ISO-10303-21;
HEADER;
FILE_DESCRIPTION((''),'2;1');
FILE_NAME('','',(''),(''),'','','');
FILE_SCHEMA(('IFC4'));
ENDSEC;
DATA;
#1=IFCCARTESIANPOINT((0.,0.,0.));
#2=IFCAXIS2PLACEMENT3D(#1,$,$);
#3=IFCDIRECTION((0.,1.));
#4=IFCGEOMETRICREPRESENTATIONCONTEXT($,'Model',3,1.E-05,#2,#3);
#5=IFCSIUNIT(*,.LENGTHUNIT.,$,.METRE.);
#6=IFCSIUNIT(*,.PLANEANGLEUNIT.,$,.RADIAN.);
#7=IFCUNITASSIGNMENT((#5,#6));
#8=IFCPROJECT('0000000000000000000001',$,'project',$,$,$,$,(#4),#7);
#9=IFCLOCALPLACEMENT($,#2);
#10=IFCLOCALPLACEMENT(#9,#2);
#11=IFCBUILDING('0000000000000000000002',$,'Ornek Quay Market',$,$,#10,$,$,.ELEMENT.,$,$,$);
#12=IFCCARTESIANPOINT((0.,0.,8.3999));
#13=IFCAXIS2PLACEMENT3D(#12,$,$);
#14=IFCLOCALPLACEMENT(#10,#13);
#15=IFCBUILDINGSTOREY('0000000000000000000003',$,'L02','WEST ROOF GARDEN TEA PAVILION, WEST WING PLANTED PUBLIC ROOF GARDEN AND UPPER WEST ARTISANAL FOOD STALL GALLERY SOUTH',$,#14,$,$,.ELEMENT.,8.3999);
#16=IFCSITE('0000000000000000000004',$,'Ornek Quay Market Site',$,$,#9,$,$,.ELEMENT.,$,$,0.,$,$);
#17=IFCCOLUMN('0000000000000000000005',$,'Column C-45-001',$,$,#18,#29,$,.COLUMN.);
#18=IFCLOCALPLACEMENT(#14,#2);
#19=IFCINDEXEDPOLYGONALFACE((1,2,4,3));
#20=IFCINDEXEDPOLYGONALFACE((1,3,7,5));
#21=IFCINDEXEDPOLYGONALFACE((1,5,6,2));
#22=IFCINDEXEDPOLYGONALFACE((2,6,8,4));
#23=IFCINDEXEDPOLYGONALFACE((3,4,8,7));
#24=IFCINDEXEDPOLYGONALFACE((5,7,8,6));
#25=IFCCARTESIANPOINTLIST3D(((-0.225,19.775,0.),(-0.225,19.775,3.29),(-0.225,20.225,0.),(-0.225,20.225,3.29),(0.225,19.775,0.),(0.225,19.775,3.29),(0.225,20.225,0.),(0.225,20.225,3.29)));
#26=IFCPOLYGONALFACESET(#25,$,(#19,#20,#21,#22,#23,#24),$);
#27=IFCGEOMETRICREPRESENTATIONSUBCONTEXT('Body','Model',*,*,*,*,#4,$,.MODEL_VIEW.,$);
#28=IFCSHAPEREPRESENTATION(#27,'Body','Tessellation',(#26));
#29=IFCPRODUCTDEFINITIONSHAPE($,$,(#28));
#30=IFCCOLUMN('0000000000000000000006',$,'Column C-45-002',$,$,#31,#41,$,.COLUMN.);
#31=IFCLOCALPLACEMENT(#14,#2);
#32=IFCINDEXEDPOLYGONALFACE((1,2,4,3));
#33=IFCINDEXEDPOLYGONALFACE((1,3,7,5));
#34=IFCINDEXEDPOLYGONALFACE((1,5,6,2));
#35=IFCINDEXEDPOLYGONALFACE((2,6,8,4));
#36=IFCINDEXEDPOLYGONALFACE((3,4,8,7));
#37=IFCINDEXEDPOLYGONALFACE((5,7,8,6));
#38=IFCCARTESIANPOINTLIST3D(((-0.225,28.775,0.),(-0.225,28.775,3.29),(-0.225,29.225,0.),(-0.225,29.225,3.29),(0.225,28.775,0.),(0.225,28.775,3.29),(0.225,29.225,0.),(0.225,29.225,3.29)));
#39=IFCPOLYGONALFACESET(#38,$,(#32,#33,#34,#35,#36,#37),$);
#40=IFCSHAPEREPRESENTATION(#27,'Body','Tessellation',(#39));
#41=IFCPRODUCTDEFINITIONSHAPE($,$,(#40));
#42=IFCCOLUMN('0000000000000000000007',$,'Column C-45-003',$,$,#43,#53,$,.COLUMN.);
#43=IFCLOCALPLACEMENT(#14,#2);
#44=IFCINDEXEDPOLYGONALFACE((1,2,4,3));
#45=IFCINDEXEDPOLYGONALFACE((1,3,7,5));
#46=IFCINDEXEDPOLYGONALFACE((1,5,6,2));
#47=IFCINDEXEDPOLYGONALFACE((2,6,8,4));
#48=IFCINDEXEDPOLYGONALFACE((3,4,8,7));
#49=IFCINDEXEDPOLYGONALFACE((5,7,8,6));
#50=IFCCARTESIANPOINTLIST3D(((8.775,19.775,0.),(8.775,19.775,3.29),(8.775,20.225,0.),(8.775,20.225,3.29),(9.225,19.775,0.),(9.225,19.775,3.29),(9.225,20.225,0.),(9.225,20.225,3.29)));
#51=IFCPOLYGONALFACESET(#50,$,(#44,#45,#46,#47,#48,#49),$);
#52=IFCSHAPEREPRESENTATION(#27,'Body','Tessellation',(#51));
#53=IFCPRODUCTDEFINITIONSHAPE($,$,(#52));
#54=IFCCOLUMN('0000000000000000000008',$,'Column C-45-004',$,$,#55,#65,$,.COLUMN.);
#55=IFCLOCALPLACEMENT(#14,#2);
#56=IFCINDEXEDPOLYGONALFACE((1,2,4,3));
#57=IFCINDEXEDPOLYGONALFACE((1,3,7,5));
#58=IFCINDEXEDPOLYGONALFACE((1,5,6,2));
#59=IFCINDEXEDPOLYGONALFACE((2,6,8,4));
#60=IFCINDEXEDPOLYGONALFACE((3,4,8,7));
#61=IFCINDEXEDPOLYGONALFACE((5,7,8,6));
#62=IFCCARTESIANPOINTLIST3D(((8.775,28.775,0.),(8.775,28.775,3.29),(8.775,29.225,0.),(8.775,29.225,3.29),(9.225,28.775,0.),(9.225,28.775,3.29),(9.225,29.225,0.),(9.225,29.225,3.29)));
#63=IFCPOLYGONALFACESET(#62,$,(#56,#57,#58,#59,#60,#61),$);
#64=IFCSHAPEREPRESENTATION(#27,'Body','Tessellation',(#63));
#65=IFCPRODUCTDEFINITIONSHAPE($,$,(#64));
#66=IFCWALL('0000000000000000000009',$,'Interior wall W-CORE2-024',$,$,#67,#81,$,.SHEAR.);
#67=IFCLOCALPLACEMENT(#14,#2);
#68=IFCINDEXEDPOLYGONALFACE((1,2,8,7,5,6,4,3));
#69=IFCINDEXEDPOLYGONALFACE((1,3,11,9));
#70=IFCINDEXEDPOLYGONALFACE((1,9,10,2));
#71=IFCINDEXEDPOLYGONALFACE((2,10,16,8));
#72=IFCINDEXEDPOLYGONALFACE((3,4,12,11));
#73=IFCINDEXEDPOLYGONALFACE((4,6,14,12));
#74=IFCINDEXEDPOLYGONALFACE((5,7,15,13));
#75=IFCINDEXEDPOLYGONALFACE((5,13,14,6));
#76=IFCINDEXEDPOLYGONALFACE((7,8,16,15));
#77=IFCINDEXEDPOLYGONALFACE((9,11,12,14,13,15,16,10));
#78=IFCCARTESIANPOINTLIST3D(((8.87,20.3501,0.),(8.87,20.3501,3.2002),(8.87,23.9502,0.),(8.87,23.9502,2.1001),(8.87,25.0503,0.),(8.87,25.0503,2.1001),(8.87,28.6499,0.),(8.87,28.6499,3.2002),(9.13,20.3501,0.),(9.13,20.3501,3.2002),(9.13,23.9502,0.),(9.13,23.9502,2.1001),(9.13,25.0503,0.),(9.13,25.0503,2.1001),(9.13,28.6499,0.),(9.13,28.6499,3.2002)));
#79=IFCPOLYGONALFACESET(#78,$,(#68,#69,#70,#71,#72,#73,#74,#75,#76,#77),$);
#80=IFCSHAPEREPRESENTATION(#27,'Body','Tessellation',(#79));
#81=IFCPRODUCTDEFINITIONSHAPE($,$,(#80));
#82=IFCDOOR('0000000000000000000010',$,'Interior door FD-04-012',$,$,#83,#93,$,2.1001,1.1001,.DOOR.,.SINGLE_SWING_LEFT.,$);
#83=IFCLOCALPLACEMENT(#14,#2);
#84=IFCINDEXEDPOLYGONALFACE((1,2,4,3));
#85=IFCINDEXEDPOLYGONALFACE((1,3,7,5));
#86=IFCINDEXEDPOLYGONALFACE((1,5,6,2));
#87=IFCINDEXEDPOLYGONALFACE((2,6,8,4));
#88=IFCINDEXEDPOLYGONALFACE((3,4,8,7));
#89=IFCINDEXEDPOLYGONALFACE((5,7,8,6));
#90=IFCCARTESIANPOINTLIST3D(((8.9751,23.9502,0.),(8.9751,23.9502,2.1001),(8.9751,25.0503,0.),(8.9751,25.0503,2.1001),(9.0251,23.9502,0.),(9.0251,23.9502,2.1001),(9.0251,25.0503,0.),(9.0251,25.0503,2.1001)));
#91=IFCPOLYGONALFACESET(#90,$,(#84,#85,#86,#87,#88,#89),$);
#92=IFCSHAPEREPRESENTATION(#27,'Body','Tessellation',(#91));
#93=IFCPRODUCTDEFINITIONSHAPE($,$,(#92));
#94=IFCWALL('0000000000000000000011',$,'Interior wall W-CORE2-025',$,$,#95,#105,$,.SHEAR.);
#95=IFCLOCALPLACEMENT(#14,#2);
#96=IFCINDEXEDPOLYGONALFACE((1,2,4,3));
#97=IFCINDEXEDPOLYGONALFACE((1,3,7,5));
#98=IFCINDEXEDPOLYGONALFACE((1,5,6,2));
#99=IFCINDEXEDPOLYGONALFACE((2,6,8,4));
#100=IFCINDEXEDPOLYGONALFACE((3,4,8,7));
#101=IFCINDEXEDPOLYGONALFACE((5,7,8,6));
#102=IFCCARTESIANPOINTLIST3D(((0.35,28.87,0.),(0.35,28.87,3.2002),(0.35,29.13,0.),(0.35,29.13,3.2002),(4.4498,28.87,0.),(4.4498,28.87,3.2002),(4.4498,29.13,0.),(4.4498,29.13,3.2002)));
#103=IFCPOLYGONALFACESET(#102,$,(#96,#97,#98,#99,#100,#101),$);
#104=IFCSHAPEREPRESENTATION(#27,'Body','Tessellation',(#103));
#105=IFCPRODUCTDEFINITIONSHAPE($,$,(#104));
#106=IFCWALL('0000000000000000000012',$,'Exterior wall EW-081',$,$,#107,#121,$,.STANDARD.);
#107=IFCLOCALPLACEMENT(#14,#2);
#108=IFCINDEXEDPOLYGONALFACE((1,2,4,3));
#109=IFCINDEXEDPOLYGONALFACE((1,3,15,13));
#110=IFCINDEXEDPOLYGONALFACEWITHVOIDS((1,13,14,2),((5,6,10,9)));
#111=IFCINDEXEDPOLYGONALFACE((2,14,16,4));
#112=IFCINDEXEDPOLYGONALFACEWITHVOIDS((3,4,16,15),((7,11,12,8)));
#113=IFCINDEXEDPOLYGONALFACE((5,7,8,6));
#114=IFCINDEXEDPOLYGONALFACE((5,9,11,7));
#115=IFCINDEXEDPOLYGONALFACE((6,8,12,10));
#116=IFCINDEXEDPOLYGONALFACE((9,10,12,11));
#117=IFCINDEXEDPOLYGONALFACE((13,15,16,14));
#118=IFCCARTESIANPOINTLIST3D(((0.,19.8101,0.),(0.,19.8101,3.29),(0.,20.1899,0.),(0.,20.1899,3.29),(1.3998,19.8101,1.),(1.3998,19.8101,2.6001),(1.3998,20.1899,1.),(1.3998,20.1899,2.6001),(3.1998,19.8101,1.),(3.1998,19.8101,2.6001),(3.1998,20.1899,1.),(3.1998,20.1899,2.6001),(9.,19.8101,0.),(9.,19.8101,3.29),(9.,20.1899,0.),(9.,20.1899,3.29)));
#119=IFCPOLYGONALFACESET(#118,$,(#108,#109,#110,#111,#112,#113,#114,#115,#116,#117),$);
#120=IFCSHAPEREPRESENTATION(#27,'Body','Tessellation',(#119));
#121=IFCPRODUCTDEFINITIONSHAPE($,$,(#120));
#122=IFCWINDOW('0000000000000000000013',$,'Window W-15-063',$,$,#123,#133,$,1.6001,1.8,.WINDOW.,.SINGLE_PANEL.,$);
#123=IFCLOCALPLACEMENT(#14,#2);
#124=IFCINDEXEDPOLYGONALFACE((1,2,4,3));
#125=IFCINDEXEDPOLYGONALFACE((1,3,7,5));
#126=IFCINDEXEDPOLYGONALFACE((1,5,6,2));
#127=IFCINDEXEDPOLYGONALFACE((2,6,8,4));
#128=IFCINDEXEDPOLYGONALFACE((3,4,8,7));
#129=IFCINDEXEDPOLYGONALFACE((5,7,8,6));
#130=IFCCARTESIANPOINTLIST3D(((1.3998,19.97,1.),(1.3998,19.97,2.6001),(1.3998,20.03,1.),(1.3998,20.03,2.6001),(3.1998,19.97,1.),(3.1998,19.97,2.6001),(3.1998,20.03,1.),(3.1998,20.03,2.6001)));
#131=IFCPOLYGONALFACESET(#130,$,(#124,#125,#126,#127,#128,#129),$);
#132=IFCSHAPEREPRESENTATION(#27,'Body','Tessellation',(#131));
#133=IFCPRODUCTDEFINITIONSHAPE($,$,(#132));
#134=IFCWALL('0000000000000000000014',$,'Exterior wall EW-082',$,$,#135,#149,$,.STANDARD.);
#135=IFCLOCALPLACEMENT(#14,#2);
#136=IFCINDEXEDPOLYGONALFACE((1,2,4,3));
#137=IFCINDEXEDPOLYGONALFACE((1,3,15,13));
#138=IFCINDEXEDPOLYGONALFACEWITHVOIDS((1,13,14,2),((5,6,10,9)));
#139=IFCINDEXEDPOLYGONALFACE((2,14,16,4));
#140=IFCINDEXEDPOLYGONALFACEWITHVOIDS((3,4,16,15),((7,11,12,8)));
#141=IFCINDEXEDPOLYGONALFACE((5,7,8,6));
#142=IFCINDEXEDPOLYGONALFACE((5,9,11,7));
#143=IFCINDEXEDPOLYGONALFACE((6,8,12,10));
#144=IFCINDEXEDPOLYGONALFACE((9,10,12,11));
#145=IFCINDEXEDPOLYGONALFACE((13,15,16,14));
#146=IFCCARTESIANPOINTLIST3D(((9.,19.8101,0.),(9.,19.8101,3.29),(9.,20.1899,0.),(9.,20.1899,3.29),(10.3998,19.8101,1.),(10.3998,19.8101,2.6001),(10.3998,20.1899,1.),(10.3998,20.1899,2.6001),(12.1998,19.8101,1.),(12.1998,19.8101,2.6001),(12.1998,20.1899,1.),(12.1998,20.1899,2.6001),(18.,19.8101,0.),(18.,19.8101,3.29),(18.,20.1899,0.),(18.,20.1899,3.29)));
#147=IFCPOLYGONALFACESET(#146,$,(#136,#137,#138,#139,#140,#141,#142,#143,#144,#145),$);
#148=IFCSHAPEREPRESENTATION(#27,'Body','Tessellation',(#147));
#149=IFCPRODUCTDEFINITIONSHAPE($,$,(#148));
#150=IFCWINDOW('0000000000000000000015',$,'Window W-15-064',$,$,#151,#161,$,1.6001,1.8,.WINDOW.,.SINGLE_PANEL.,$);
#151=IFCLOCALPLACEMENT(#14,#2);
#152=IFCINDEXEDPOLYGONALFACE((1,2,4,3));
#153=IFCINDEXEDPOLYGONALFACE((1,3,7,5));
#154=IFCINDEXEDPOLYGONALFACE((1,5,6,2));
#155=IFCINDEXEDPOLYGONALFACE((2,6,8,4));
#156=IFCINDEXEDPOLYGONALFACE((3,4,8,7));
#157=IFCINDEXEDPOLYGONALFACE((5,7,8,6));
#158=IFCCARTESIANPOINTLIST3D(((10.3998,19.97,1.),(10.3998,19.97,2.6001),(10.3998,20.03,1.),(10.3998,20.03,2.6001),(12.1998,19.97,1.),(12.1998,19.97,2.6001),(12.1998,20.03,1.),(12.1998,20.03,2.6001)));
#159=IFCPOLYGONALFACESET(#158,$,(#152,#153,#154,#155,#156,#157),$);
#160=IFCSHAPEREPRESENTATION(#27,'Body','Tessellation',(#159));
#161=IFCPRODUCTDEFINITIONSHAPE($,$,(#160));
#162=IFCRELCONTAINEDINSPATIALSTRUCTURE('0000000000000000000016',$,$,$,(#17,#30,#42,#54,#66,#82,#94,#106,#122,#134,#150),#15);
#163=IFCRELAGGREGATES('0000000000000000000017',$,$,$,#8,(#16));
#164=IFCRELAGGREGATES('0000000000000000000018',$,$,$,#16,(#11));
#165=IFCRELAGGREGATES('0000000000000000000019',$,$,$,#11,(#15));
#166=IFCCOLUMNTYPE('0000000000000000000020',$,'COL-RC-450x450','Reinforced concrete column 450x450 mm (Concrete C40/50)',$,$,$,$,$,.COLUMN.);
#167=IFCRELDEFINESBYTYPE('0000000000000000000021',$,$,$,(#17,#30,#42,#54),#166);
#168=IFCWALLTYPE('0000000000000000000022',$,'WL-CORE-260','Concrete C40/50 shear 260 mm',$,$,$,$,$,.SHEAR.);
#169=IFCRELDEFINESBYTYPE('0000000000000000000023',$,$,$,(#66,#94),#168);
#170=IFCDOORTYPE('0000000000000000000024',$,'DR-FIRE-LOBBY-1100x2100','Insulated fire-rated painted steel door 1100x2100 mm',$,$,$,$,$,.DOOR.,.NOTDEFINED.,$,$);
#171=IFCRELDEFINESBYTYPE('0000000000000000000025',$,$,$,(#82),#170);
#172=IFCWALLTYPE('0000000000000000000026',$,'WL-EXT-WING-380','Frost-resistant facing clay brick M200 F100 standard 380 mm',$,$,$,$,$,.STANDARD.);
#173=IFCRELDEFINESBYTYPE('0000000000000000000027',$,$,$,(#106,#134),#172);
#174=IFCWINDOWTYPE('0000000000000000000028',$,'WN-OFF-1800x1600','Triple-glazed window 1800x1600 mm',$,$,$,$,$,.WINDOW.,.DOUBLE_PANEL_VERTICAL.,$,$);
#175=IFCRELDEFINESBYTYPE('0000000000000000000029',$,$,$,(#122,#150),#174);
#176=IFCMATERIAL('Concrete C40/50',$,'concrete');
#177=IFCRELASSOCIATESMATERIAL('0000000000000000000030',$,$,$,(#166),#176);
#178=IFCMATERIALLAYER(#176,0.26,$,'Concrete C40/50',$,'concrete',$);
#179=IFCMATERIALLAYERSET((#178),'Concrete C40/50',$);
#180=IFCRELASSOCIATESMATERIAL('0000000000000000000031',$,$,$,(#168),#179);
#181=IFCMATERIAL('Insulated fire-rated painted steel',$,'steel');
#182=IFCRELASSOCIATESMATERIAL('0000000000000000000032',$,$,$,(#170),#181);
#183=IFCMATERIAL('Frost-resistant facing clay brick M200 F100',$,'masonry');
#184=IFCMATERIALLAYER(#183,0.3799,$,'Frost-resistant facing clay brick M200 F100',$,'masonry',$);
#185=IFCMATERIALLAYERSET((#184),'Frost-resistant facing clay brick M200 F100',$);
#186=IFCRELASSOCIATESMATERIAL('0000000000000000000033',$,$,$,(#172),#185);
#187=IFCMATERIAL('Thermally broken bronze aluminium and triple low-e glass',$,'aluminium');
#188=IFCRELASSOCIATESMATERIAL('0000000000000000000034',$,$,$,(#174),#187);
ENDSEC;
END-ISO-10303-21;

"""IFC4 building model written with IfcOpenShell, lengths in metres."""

from ifc_helpers import new_model, si_unit, direction, frame, frame_2d, origin, origin_2d, place, context, subcontext, project, spatial, rectangle, extrude, material, layer, layer_set, material_profile, profile_set, type_object, element, fill, save


model = new_model("IFC4")

# Units and contexts
model_context = context("Model", 3, precision=1e-05, world=origin(), true_north=direction((0.0, 1.0)))
body_context = subcontext(model_context, "Body", "Model", "MODEL_VIEW")
ifc_project = project(units=[si_unit("LENGTHUNIT", "METRE"), si_unit("PLANEANGLEUNIT", "RADIAN")], contexts=[model_context])

# Site, building, storey
site_placement = place(None, origin())
site = spatial("IfcSite", under=ifc_project, at=site_placement, Name="Ornek Quay Market Site", CompositionType="ELEMENT", RefElevation=0.0)
building_placement = place(site_placement, origin())
building = spatial("IfcBuilding", under=site, at=building_placement, Name="Ornek Quay Market", CompositionType="ELEMENT")
storey_placement = place(building_placement, frame((0.0, 0.0, 8.3999)))
storey = spatial("IfcBuildingStorey", under=building, at=storey_placement, Name="L02", Description="WEST ROOF GARDEN TEA PAVILION, WEST WING PLANTED PUBLIC ROOF GARDEN AND UPPER WEST ARTISANAL FOOD STALL GALLERY SOUTH", CompositionType="ELEMENT", Elevation=8.3999)

# Columns
ifc_material_1 = material(Name="Concrete C40/50", Category="concrete")
ifc_material_profile = material_profile(ifc_material_1, rectangle(XDim=0.45, YDim=0.45, at=origin_2d()), Name="RC 450x450", Category="concrete")
ifc_profile_set = profile_set([ifc_material_profile], Name="Concrete C40/50")
column_type = type_object("IfcColumnType", Name="COL-RC-450x450", Description="Reinforced concrete column 450x450 mm (Concrete C40/50)", PredefinedType="COLUMN", material=ifc_profile_set)
for number, where, z_axis, x_axis, name in (
    (1, (0.0, 20.0, 0.0), (0.0, 0.0, 1.0), (1.0, 0.0, 0.0), "Column C-45-001"),
    (2, (0.0, 29.0, 0.0), (0.0, 0.0, 1.0), (1.0, 0.0, 0.0), "Column C-45-002"),
    (3, (9.0, 20.0, 0.0), (0.0, 0.0, 1.0), (1.0, 0.0, 0.0), "Column C-45-003"),
    (4, (9.0, 29.0, 0.0), (0.0, 0.0, 1.0), (1.0, 0.0, 0.0), "Column C-45-004"),
):
    element("IfcColumn", number, at=place(storey_placement, frame(where, z_axis=z_axis, x_axis=x_axis)), inside=storey, type_object=column_type, Name=name, PredefinedType="COLUMN", context=body_context, shape_type="SweptSolid", body=[
        extrude(rectangle(XDim=0.45, YDim=0.45, at=origin_2d()), origin(), (0.0, 0.0, 1.0), 3.29),
    ])

# Wall, opening, door
ifc_layer_1 = layer(ifc_material_1, 0.26, Name="Concrete C40/50", Category="concrete")
ifc_layer_set_1 = layer_set([ifc_layer_1], Name="Concrete C40/50")
wall_type_1 = type_object("IfcWallType", Name="WL-CORE-260", Description="Concrete C40/50 shear 260 mm", PredefinedType="SHEAR", material=ifc_layer_set_1)
ifc_material_2 = material(Name="Insulated fire-rated painted steel", Category="steel")
wall_1_placement = place(storey_placement, frame((9.0, 20.3501, 0.0), z_axis=(0.0, 0.0, 1.0), x_axis=(0.0, 1.0, 0.0)))
wall_1 = element("IfcWall", 5, at=wall_1_placement, inside=storey, type_object=wall_type_1, Name="Interior wall W-CORE2-024", PredefinedType="SHEAR", context=body_context, shape_type="SweptSolid", body=[
    extrude(rectangle(XDim=8.2998, YDim=0.26, at=frame_2d((4.1499, 0.0))), origin(), (0.0, 0.0, 1.0), 3.2002),
])
opening_1_placement = place(wall_1_placement, frame((3.6001, 0.0, 0.0)))
opening_1 = element("IfcOpeningElement", 6, at=opening_1_placement, cuts=wall_1, PredefinedType="OPENING", context=body_context, shape_type="SweptSolid", body=[
    extrude(rectangle(XDim=1.1001, YDim=2.1001, at=frame_2d((0.55, 1.05))), frame((0.0, 0.1399, 0.0), z_axis=(0.0, -1.0, 0.0), x_axis=(1.0, 0.0, 0.0)), (0.0, 0.0, 1.0), 0.28),
])
door_type_1 = type_object("IfcDoorType", Name="DR-FIRE-LOBBY-1100x2100", Description="Insulated fire-rated painted steel door 1100x2100 mm", OperationType="NOTDEFINED", PredefinedType="DOOR", material=ifc_material_2)
door_1_placement = place(opening_1_placement, origin())
door_1 = element("IfcDoor", 7, at=door_1_placement, inside=storey, type_object=door_type_1, Name="Interior door FD-04-012", OperationType="SINGLE_SWING_LEFT", OverallHeight=2.1001, OverallWidth=1.1001, PredefinedType="DOOR", context=body_context, shape_type="SweptSolid", body=[
    extrude(rectangle(XDim=1.1001, YDim=2.1001, at=frame_2d((0.55, 1.05))), frame((0.0, 0.0249, 0.0), z_axis=(0.0, -1.0, 0.0), x_axis=(1.0, 0.0, 0.0)), (0.0, 0.0, 1.0), 0.05),
])
fill(opening_1, door_1)

# Wall
wall_2_placement = place(storey_placement, frame((0.3501, 29.0, 0.0), z_axis=(0.0, 0.0, 1.0), x_axis=(1.0, 0.0, 0.0)))
element("IfcWall", 8, at=wall_2_placement, inside=storey, type_object=wall_type_1, Name="Interior wall W-CORE2-025", PredefinedType="SHEAR", context=body_context, shape_type="SweptSolid", body=[
    extrude(rectangle(XDim=4.0999, YDim=0.26, at=frame_2d((2.0498, 0.0))), origin(), (0.0, 0.0, 1.0), 3.2002),
])

# Walls, openings, windows
ifc_material_3 = material(Name="Frost-resistant facing clay brick M200 F100", Category="masonry")
ifc_layer_2 = layer(ifc_material_3, 0.3799, Name="Frost-resistant facing clay brick M200 F100", Category="masonry")
ifc_layer_set_2 = layer_set([ifc_layer_2], Name="Frost-resistant facing clay brick M200 F100")
wall_type_2 = type_object("IfcWallType", Name="WL-EXT-WING-380", Description="Frost-resistant facing clay brick M200 F100 standard 380 mm", PredefinedType="STANDARD", material=ifc_layer_set_2)
wall_3_placement = place(storey_placement, frame((0.0, 20.0, 0.0), z_axis=(0.0, 0.0, 1.0), x_axis=(1.0, 0.0, 0.0)))
wall_3 = element("IfcWall", 9, at=wall_3_placement, inside=storey, type_object=wall_type_2, Name="Exterior wall EW-081", PredefinedType="STANDARD", context=body_context, shape_type="SweptSolid", body=[
    extrude(rectangle(XDim=9.0, YDim=0.3799, at=frame_2d((4.5, 0.0))), origin(), (0.0, 0.0, 1.0), 3.29),
])
opening_2_placement = place(wall_3_placement, frame((1.3999, 0.0, 1.0)))
opening_2 = element("IfcOpeningElement", 10, at=opening_2_placement, cuts=wall_3, PredefinedType="OPENING", context=body_context, shape_type="SweptSolid", body=[
    extrude(rectangle(XDim=1.8, YDim=1.6001, at=frame_2d((0.8999, 0.8))), frame((0.0, 0.2, 0.0), z_axis=(0.0, -1.0, 0.0), x_axis=(1.0, 0.0, 0.0)), (0.0, 0.0, 1.0), 0.3999),
])
ifc_material_4 = material(Name="Thermally broken bronze aluminium and triple low-e glass", Category="aluminium")
window_type = type_object("IfcWindowType", Name="WN-OFF-1800x1600", Description="Triple-glazed window 1800x1600 mm", PartitioningType="DOUBLE_PANEL_VERTICAL", PredefinedType="WINDOW", material=ifc_material_4)
window_1_placement = place(opening_2_placement, origin())
window_1 = element("IfcWindow", 11, at=window_1_placement, inside=storey, type_object=window_type, Name="Window W-15-063", OverallHeight=1.6001, OverallWidth=1.8, PartitioningType="SINGLE_PANEL", PredefinedType="WINDOW", context=body_context, shape_type="SweptSolid", body=[
    extrude(rectangle(XDim=1.8, YDim=1.6001, at=frame_2d((0.8999, 0.8))), frame((0.0, 0.03, 0.0), z_axis=(0.0, -1.0, 0.0), x_axis=(1.0, 0.0, 0.0)), (0.0, 0.0, 1.0), 0.0601),
])
fill(opening_2, window_1)
wall_4_placement = place(storey_placement, frame((9.0, 20.0, 0.0), z_axis=(0.0, 0.0, 1.0), x_axis=(1.0, 0.0, 0.0)))
wall_4 = element("IfcWall", 12, at=wall_4_placement, inside=storey, type_object=wall_type_2, Name="Exterior wall EW-082", PredefinedType="STANDARD", context=body_context, shape_type="SweptSolid", body=[
    extrude(rectangle(XDim=9.0, YDim=0.3799, at=frame_2d((4.5, 0.0))), origin(), (0.0, 0.0, 1.0), 3.29),
])
opening_3_placement = place(wall_4_placement, frame((1.3999, 0.0, 1.0)))
opening_3 = element("IfcOpeningElement", 13, at=opening_3_placement, cuts=wall_4, PredefinedType="OPENING", context=body_context, shape_type="SweptSolid", body=[
    extrude(rectangle(XDim=1.8, YDim=1.6001, at=frame_2d((0.8999, 0.8))), frame((0.0, 0.2, 0.0), z_axis=(0.0, -1.0, 0.0), x_axis=(1.0, 0.0, 0.0)), (0.0, 0.0, 1.0), 0.3999),
])
window_2_placement = place(opening_3_placement, origin())
window_2 = element("IfcWindow", 14, at=window_2_placement, inside=storey, type_object=window_type, Name="Window W-15-064", OverallHeight=1.6001, OverallWidth=1.8, PartitioningType="SINGLE_PANEL", PredefinedType="WINDOW", context=body_context, shape_type="SweptSolid", body=[
    extrude(rectangle(XDim=1.8, YDim=1.6001, at=frame_2d((0.8999, 0.8))), frame((0.0, 0.03, 0.0), z_axis=(0.0, -1.0, 0.0), x_axis=(1.0, 0.0, 0.0)), (0.0, 0.0, 1.0), 0.0601),
])
fill(opening_3, window_2)

save(model, "model.ifc")
